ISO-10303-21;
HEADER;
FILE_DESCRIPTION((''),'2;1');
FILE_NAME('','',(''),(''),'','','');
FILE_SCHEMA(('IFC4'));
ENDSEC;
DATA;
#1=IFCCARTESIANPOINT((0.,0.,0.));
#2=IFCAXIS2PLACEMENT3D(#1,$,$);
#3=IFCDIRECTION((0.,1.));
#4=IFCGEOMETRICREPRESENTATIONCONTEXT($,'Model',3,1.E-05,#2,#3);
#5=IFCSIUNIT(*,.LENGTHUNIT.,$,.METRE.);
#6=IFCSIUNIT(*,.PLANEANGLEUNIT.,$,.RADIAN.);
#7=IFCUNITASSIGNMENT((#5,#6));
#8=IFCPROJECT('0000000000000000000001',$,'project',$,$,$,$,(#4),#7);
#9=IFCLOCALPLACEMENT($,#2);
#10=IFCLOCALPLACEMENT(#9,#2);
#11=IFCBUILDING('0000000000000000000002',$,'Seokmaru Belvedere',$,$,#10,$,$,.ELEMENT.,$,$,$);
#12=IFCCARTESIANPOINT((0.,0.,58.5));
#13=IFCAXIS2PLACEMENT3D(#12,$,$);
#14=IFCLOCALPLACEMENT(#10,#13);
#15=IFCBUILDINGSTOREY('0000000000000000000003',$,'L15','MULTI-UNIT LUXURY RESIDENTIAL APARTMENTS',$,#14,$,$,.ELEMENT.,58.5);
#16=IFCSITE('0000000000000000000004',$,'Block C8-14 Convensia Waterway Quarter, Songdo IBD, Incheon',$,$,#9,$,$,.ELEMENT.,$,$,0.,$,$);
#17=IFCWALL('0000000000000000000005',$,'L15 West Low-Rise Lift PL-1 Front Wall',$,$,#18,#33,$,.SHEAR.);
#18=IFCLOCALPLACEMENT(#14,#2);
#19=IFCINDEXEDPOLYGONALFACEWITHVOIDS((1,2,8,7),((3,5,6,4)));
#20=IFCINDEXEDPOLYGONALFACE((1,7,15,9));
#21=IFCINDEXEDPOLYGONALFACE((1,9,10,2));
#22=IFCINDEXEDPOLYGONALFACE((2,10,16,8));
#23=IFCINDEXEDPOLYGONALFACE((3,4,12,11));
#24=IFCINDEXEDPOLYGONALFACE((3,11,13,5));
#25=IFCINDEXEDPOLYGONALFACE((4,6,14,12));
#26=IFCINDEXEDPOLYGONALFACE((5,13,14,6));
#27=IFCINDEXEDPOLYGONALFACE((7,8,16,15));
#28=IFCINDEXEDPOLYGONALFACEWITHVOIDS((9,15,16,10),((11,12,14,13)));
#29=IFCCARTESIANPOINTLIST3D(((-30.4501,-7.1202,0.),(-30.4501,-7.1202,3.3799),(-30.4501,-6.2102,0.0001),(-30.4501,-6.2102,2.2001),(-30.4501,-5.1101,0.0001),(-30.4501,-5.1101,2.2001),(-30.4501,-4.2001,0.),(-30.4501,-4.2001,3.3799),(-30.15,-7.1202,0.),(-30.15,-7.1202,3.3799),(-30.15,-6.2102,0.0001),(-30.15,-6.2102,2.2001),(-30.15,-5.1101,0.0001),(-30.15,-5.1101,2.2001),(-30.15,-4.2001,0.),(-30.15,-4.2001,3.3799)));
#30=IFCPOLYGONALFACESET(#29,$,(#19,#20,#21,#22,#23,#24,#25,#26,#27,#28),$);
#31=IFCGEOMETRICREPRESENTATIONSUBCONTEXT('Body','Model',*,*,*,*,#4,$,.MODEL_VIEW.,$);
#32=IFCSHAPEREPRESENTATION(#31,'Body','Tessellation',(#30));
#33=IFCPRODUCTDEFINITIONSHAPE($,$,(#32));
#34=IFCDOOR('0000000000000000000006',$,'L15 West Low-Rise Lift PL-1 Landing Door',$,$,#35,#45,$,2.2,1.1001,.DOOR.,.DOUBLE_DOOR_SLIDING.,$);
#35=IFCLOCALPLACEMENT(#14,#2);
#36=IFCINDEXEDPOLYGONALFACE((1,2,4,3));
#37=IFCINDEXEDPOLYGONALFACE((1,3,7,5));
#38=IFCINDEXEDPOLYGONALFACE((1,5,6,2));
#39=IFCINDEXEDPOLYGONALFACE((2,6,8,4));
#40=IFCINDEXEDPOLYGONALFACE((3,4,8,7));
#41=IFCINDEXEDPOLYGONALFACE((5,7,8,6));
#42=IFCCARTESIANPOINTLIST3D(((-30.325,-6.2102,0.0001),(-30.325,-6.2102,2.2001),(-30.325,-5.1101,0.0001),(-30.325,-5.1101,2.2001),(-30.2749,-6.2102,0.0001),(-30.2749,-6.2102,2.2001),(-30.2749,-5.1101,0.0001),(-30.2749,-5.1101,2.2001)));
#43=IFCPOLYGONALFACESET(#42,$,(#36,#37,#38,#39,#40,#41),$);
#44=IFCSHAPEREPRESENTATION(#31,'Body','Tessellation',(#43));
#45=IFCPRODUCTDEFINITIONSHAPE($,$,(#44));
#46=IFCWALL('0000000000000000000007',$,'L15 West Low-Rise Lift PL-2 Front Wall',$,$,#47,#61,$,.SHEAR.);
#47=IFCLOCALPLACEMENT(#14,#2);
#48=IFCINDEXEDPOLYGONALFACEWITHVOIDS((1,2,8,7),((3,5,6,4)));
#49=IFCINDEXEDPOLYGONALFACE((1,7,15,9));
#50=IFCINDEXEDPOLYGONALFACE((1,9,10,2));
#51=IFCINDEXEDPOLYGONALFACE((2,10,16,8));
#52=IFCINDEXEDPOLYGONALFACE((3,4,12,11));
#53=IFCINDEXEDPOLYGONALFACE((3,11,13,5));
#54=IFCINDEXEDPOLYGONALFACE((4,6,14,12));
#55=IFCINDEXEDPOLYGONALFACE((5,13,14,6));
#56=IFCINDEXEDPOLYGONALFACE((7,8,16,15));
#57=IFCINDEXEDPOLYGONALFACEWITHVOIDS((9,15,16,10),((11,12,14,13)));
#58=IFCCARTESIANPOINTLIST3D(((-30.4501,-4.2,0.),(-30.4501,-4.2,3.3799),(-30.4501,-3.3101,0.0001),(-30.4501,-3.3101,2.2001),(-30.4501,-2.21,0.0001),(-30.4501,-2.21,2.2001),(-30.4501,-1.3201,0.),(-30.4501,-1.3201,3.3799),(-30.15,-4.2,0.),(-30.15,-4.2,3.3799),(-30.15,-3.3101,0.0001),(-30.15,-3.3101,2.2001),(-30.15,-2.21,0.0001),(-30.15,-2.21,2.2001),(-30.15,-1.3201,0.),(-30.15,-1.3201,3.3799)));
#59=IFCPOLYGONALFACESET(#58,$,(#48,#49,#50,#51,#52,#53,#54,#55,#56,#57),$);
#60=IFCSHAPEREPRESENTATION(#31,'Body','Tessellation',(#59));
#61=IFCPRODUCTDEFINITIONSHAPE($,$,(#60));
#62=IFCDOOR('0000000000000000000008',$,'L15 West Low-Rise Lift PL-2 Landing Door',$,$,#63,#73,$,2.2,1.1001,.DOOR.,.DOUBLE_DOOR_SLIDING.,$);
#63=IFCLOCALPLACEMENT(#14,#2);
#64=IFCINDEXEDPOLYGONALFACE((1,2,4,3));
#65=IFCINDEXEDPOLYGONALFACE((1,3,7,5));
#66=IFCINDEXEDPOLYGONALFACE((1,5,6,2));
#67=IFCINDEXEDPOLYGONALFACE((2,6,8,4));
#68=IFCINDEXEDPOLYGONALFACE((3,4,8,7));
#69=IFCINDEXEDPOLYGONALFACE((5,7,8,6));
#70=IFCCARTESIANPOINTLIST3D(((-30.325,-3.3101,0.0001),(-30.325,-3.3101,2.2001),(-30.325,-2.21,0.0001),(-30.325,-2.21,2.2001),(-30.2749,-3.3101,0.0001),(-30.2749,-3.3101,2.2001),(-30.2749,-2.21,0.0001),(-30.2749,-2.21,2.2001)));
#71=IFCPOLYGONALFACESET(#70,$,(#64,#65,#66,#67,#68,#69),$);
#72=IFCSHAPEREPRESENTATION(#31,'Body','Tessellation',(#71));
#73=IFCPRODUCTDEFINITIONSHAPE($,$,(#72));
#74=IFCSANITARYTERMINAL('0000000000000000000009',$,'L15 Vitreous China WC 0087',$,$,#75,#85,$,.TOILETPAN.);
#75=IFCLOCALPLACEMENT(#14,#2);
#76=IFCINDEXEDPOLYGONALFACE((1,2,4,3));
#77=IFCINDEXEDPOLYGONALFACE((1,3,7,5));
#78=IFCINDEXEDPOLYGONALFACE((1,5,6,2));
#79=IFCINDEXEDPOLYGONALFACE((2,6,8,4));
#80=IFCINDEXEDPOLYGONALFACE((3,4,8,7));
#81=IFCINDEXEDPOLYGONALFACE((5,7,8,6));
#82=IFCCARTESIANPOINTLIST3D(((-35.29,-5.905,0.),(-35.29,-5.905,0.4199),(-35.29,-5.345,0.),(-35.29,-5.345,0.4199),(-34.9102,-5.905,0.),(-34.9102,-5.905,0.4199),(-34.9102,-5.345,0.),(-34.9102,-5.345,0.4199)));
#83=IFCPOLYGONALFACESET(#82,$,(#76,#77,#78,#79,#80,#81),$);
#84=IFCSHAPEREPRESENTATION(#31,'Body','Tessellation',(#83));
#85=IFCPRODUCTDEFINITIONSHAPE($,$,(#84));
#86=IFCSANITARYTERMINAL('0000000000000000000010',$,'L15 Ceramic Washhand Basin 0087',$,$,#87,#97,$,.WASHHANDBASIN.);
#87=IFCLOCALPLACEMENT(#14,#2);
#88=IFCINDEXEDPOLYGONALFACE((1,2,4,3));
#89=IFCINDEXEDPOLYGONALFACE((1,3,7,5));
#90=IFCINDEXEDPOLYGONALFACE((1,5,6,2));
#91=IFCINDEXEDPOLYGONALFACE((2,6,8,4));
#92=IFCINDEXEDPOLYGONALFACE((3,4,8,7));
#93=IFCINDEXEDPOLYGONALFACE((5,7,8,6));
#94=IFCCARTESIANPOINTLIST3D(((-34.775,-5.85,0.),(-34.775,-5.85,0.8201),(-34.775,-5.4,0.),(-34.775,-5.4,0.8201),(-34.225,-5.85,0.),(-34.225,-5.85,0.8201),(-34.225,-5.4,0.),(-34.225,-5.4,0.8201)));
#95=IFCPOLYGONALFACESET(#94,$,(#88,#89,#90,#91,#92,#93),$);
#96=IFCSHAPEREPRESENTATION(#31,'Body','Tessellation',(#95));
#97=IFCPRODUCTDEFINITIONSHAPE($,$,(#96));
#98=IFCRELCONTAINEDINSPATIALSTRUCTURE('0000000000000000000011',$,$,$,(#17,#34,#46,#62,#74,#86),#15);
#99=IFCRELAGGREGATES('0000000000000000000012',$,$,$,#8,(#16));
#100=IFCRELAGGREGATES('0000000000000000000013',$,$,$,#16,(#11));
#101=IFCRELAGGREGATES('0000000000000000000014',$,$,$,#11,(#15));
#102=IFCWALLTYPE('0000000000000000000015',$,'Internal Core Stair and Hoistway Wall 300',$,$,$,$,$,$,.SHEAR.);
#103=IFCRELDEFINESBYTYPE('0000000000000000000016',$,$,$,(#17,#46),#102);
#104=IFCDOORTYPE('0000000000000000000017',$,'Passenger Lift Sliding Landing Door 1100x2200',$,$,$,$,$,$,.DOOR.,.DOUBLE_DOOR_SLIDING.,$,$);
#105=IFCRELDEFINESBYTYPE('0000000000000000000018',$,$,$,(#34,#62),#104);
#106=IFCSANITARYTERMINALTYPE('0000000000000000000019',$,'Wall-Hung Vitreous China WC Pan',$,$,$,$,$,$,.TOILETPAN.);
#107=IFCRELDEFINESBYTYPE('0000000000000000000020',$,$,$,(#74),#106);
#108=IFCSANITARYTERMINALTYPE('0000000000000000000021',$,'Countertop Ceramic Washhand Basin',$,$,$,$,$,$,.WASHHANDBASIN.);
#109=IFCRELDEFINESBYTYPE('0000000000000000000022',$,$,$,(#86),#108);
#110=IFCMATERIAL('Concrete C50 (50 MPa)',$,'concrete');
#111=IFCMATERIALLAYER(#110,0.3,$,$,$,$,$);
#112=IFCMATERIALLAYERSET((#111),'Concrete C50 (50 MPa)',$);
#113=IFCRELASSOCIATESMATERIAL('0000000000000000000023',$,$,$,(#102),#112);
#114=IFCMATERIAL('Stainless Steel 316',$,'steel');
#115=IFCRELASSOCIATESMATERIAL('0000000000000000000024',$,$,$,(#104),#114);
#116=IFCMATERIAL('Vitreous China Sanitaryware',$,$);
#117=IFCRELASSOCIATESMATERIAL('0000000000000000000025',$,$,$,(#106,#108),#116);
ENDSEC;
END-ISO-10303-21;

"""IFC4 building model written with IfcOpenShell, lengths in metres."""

from ifc_helpers import new_model, si_unit, direction, frame, frame_2d, origin, origin_2d, place, context, subcontext, project, spatial, rectangle, extrude, source, transform, mapped, material, layer, layer_set, type_object, type_shapes, element, fill, save


model = new_model("IFC4")

# Units and contexts
model_context = context("Model", 3, precision=1e-05, world=origin(), true_north=direction((0.0, 1.0)))
body_context = subcontext(model_context, "Body", "Model", "MODEL_VIEW")
ifc_project = project(units=[si_unit("LENGTHUNIT", "METRE"), si_unit("PLANEANGLEUNIT", "RADIAN")], contexts=[model_context])

# Site, building, storey
site_placement = place(None, origin())
site = spatial("IfcSite", under=ifc_project, at=site_placement, Name="Block C8-14 Convensia Waterway Quarter, Songdo IBD, Incheon", CompositionType="ELEMENT", RefElevation=0.0)
building_placement = place(site_placement, origin())
building = spatial("IfcBuilding", under=site, at=building_placement, Name="Seokmaru Belvedere", CompositionType="ELEMENT")
storey_placement = place(building_placement, frame((0.0, 0.0, 58.5)))
storey = spatial("IfcBuildingStorey", under=building, at=storey_placement, Name="L15", Description="MULTI-UNIT LUXURY RESIDENTIAL APARTMENTS", CompositionType="ELEMENT", Elevation=58.5)

# Shared definitions
ifc_material_1 = material(Name="Concrete C50 (50 MPa)", Category="concrete")

# Walls, openings, doors
ifc_layer_1 = layer(ifc_material_1, 0.3)
ifc_layer_set_1 = layer_set([ifc_layer_1], Name="Concrete C50 (50 MPa)")
wall_type_1 = type_object("IfcWallType", Name="Internal Core Stair and Hoistway Wall 300", PredefinedType="SHEAR", material=ifc_layer_set_1)
wall_1_placement = place(storey_placement, frame((-30.3, -7.1201, 0.0), z_axis=(0.0, 0.0, 1.0), x_axis=(0.0, 1.0, 0.0)))
wall_1 = element("IfcWall", 1, at=wall_1_placement, inside=storey, type_object=wall_type_1, Name="L15 West Low-Rise Lift PL-1 Front Wall", PredefinedType="SHEAR", context=body_context, shape_type="SweptSolid", body=[
    extrude(rectangle(XDim=2.9202, YDim=0.3, at=frame_2d((1.46, 0.0))), origin(), (0.0, 0.0, 1.0), 3.3799),
])
opening_1_placement = place(wall_1_placement, frame((0.9099, 0.0, 0.0)))
opening_1 = element("IfcOpeningElement", 2, at=opening_1_placement, cuts=wall_1, PredefinedType="OPENING", context=body_context, shape_type="SweptSolid", body=[
    extrude(rectangle(XDim=1.1001, YDim=2.2, at=frame_2d((0.55, 1.1001))), frame((0.0, 0.1602, 0.0), z_axis=(0.0, -1.0, 0.0), x_axis=(1.0, 0.0, 0.0)), (0.0, 0.0, 1.0), 0.3201),
])
ifc_material_2 = material(Name="Stainless Steel 316", Category="steel")
door_type_1 = type_object("IfcDoorType", Name="Passenger Lift Sliding Landing Door 1100x2200", OperationType="DOUBLE_DOOR_SLIDING", PredefinedType="DOOR", material=ifc_material_2)
shared_shape_1 = source(origin(), body_context, "Body", "SweptSolid", [
    extrude(rectangle(XDim=1.1001, YDim=2.2, at=frame_2d((0.55, 1.1001))), frame((0.0, 0.0249, 0.0), z_axis=(0.0, -1.0, 0.0), x_axis=(1.0, 0.0, 0.0)), (0.0, 0.0, 1.0), 0.05),
])
type_shapes(door_type_1, [shared_shape_1])
door_1_placement = place(opening_1_placement, origin())
door_1 = element("IfcDoor", 3, at=door_1_placement, inside=storey, type_object=door_type_1, Name="L15 West Low-Rise Lift PL-1 Landing Door", OperationType="DOUBLE_DOOR_SLIDING", OverallHeight=2.2, OverallWidth=1.1001, PredefinedType="DOOR", context=body_context, shape_type="MappedRepresentation", body=[
    mapped(shared_shape_1, transform((0.0, 0.0, 0.0), scale=1.0)),
])
fill(opening_1, door_1)
wall_2_placement = place(storey_placement, frame((-30.3, -4.2, 0.0), z_axis=(0.0, 0.0, 1.0), x_axis=(0.0, 1.0, 0.0)))
wall_2 = element("IfcWall", 4, at=wall_2_placement, inside=storey, type_object=wall_type_1, Name="L15 West Low-Rise Lift PL-2 Front Wall", PredefinedType="SHEAR", context=body_context, shape_type="SweptSolid", body=[
    extrude(rectangle(XDim=2.8799, YDim=0.3, at=frame_2d((1.4399, 0.0))), origin(), (0.0, 0.0, 1.0), 3.3799),
])
opening_2_placement = place(wall_2_placement, frame((0.8899, 0.0, 0.0)))
opening_2 = element("IfcOpeningElement", 5, at=opening_2_placement, cuts=wall_2, PredefinedType="OPENING", context=body_context, shape_type="SweptSolid", body=[
    extrude(rectangle(XDim=1.1001, YDim=2.2, at=frame_2d((0.55, 1.1001))), frame((0.0, 0.1602, 0.0), z_axis=(0.0, -1.0, 0.0), x_axis=(1.0, 0.0, 0.0)), (0.0, 0.0, 1.0), 0.3201),
])
door_2_placement = place(opening_2_placement, origin())
door_2 = element("IfcDoor", 6, at=door_2_placement, inside=storey, type_object=door_type_1, Name="L15 West Low-Rise Lift PL-2 Landing Door", OperationType="DOUBLE_DOOR_SLIDING", OverallHeight=2.2, OverallWidth=1.1001, PredefinedType="DOOR", context=body_context, shape_type="MappedRepresentation", body=[
    mapped(shared_shape_1, transform((0.0, 0.0, 0.0), scale=1.0)),
])
fill(opening_2, door_2)

# Sanitary terminals
ifc_material_3 = material(Name="Vitreous China Sanitaryware")
sanitary_terminal_type_1 = type_object("IfcSanitaryTerminalType", Name="Wall-Hung Vitreous China WC Pan", PredefinedType="TOILETPAN", material=ifc_material_3)
shared_shape_2 = source(origin(), body_context, "Body", "SweptSolid", [
    extrude(rectangle(XDim=0.3799, YDim=0.5601, at=origin_2d()), origin(), (0.0, 0.0, 1.0), 0.4199),
])
type_shapes(sanitary_terminal_type_1, [shared_shape_2])
sanitary_terminal_1_placement = place(storey_placement, frame((-35.1001, -5.625, 0.0), z_axis=(0.0, 0.0, 1.0), x_axis=(1.0, 0.0, 0.0)))
element("IfcSanitaryTerminal", 7, at=sanitary_terminal_1_placement, inside=storey, type_object=sanitary_terminal_type_1, Name="L15 Vitreous China WC 0087", PredefinedType="TOILETPAN", context=body_context, shape_type="MappedRepresentation", body=[
    mapped(shared_shape_2, transform((0.0, 0.0, 0.0), scale=1.0)),
])
sanitary_terminal_type_2 = type_object("IfcSanitaryTerminalType", Name="Countertop Ceramic Washhand Basin", PredefinedType="WASHHANDBASIN", material=ifc_material_3)
shared_shape_3 = source(origin(), body_context, "Body", "SweptSolid", [
    extrude(rectangle(XDim=0.55, YDim=0.45, at=origin_2d()), origin(), (0.0, 0.0, 1.0), 0.8201),
])
type_shapes(sanitary_terminal_type_2, [shared_shape_3])
sanitary_terminal_2_placement = place(storey_placement, frame((-34.5, -5.625, 0.0), z_axis=(0.0, 0.0, 1.0), x_axis=(1.0, 0.0, 0.0)))
element("IfcSanitaryTerminal", 8, at=sanitary_terminal_2_placement, inside=storey, type_object=sanitary_terminal_type_2, Name="L15 Ceramic Washhand Basin 0087", PredefinedType="WASHHANDBASIN", context=body_context, shape_type="MappedRepresentation", body=[
    mapped(shared_shape_3, transform((0.0, 0.0, 0.0), scale=1.0)),
])

save(model, "model.ifc")
